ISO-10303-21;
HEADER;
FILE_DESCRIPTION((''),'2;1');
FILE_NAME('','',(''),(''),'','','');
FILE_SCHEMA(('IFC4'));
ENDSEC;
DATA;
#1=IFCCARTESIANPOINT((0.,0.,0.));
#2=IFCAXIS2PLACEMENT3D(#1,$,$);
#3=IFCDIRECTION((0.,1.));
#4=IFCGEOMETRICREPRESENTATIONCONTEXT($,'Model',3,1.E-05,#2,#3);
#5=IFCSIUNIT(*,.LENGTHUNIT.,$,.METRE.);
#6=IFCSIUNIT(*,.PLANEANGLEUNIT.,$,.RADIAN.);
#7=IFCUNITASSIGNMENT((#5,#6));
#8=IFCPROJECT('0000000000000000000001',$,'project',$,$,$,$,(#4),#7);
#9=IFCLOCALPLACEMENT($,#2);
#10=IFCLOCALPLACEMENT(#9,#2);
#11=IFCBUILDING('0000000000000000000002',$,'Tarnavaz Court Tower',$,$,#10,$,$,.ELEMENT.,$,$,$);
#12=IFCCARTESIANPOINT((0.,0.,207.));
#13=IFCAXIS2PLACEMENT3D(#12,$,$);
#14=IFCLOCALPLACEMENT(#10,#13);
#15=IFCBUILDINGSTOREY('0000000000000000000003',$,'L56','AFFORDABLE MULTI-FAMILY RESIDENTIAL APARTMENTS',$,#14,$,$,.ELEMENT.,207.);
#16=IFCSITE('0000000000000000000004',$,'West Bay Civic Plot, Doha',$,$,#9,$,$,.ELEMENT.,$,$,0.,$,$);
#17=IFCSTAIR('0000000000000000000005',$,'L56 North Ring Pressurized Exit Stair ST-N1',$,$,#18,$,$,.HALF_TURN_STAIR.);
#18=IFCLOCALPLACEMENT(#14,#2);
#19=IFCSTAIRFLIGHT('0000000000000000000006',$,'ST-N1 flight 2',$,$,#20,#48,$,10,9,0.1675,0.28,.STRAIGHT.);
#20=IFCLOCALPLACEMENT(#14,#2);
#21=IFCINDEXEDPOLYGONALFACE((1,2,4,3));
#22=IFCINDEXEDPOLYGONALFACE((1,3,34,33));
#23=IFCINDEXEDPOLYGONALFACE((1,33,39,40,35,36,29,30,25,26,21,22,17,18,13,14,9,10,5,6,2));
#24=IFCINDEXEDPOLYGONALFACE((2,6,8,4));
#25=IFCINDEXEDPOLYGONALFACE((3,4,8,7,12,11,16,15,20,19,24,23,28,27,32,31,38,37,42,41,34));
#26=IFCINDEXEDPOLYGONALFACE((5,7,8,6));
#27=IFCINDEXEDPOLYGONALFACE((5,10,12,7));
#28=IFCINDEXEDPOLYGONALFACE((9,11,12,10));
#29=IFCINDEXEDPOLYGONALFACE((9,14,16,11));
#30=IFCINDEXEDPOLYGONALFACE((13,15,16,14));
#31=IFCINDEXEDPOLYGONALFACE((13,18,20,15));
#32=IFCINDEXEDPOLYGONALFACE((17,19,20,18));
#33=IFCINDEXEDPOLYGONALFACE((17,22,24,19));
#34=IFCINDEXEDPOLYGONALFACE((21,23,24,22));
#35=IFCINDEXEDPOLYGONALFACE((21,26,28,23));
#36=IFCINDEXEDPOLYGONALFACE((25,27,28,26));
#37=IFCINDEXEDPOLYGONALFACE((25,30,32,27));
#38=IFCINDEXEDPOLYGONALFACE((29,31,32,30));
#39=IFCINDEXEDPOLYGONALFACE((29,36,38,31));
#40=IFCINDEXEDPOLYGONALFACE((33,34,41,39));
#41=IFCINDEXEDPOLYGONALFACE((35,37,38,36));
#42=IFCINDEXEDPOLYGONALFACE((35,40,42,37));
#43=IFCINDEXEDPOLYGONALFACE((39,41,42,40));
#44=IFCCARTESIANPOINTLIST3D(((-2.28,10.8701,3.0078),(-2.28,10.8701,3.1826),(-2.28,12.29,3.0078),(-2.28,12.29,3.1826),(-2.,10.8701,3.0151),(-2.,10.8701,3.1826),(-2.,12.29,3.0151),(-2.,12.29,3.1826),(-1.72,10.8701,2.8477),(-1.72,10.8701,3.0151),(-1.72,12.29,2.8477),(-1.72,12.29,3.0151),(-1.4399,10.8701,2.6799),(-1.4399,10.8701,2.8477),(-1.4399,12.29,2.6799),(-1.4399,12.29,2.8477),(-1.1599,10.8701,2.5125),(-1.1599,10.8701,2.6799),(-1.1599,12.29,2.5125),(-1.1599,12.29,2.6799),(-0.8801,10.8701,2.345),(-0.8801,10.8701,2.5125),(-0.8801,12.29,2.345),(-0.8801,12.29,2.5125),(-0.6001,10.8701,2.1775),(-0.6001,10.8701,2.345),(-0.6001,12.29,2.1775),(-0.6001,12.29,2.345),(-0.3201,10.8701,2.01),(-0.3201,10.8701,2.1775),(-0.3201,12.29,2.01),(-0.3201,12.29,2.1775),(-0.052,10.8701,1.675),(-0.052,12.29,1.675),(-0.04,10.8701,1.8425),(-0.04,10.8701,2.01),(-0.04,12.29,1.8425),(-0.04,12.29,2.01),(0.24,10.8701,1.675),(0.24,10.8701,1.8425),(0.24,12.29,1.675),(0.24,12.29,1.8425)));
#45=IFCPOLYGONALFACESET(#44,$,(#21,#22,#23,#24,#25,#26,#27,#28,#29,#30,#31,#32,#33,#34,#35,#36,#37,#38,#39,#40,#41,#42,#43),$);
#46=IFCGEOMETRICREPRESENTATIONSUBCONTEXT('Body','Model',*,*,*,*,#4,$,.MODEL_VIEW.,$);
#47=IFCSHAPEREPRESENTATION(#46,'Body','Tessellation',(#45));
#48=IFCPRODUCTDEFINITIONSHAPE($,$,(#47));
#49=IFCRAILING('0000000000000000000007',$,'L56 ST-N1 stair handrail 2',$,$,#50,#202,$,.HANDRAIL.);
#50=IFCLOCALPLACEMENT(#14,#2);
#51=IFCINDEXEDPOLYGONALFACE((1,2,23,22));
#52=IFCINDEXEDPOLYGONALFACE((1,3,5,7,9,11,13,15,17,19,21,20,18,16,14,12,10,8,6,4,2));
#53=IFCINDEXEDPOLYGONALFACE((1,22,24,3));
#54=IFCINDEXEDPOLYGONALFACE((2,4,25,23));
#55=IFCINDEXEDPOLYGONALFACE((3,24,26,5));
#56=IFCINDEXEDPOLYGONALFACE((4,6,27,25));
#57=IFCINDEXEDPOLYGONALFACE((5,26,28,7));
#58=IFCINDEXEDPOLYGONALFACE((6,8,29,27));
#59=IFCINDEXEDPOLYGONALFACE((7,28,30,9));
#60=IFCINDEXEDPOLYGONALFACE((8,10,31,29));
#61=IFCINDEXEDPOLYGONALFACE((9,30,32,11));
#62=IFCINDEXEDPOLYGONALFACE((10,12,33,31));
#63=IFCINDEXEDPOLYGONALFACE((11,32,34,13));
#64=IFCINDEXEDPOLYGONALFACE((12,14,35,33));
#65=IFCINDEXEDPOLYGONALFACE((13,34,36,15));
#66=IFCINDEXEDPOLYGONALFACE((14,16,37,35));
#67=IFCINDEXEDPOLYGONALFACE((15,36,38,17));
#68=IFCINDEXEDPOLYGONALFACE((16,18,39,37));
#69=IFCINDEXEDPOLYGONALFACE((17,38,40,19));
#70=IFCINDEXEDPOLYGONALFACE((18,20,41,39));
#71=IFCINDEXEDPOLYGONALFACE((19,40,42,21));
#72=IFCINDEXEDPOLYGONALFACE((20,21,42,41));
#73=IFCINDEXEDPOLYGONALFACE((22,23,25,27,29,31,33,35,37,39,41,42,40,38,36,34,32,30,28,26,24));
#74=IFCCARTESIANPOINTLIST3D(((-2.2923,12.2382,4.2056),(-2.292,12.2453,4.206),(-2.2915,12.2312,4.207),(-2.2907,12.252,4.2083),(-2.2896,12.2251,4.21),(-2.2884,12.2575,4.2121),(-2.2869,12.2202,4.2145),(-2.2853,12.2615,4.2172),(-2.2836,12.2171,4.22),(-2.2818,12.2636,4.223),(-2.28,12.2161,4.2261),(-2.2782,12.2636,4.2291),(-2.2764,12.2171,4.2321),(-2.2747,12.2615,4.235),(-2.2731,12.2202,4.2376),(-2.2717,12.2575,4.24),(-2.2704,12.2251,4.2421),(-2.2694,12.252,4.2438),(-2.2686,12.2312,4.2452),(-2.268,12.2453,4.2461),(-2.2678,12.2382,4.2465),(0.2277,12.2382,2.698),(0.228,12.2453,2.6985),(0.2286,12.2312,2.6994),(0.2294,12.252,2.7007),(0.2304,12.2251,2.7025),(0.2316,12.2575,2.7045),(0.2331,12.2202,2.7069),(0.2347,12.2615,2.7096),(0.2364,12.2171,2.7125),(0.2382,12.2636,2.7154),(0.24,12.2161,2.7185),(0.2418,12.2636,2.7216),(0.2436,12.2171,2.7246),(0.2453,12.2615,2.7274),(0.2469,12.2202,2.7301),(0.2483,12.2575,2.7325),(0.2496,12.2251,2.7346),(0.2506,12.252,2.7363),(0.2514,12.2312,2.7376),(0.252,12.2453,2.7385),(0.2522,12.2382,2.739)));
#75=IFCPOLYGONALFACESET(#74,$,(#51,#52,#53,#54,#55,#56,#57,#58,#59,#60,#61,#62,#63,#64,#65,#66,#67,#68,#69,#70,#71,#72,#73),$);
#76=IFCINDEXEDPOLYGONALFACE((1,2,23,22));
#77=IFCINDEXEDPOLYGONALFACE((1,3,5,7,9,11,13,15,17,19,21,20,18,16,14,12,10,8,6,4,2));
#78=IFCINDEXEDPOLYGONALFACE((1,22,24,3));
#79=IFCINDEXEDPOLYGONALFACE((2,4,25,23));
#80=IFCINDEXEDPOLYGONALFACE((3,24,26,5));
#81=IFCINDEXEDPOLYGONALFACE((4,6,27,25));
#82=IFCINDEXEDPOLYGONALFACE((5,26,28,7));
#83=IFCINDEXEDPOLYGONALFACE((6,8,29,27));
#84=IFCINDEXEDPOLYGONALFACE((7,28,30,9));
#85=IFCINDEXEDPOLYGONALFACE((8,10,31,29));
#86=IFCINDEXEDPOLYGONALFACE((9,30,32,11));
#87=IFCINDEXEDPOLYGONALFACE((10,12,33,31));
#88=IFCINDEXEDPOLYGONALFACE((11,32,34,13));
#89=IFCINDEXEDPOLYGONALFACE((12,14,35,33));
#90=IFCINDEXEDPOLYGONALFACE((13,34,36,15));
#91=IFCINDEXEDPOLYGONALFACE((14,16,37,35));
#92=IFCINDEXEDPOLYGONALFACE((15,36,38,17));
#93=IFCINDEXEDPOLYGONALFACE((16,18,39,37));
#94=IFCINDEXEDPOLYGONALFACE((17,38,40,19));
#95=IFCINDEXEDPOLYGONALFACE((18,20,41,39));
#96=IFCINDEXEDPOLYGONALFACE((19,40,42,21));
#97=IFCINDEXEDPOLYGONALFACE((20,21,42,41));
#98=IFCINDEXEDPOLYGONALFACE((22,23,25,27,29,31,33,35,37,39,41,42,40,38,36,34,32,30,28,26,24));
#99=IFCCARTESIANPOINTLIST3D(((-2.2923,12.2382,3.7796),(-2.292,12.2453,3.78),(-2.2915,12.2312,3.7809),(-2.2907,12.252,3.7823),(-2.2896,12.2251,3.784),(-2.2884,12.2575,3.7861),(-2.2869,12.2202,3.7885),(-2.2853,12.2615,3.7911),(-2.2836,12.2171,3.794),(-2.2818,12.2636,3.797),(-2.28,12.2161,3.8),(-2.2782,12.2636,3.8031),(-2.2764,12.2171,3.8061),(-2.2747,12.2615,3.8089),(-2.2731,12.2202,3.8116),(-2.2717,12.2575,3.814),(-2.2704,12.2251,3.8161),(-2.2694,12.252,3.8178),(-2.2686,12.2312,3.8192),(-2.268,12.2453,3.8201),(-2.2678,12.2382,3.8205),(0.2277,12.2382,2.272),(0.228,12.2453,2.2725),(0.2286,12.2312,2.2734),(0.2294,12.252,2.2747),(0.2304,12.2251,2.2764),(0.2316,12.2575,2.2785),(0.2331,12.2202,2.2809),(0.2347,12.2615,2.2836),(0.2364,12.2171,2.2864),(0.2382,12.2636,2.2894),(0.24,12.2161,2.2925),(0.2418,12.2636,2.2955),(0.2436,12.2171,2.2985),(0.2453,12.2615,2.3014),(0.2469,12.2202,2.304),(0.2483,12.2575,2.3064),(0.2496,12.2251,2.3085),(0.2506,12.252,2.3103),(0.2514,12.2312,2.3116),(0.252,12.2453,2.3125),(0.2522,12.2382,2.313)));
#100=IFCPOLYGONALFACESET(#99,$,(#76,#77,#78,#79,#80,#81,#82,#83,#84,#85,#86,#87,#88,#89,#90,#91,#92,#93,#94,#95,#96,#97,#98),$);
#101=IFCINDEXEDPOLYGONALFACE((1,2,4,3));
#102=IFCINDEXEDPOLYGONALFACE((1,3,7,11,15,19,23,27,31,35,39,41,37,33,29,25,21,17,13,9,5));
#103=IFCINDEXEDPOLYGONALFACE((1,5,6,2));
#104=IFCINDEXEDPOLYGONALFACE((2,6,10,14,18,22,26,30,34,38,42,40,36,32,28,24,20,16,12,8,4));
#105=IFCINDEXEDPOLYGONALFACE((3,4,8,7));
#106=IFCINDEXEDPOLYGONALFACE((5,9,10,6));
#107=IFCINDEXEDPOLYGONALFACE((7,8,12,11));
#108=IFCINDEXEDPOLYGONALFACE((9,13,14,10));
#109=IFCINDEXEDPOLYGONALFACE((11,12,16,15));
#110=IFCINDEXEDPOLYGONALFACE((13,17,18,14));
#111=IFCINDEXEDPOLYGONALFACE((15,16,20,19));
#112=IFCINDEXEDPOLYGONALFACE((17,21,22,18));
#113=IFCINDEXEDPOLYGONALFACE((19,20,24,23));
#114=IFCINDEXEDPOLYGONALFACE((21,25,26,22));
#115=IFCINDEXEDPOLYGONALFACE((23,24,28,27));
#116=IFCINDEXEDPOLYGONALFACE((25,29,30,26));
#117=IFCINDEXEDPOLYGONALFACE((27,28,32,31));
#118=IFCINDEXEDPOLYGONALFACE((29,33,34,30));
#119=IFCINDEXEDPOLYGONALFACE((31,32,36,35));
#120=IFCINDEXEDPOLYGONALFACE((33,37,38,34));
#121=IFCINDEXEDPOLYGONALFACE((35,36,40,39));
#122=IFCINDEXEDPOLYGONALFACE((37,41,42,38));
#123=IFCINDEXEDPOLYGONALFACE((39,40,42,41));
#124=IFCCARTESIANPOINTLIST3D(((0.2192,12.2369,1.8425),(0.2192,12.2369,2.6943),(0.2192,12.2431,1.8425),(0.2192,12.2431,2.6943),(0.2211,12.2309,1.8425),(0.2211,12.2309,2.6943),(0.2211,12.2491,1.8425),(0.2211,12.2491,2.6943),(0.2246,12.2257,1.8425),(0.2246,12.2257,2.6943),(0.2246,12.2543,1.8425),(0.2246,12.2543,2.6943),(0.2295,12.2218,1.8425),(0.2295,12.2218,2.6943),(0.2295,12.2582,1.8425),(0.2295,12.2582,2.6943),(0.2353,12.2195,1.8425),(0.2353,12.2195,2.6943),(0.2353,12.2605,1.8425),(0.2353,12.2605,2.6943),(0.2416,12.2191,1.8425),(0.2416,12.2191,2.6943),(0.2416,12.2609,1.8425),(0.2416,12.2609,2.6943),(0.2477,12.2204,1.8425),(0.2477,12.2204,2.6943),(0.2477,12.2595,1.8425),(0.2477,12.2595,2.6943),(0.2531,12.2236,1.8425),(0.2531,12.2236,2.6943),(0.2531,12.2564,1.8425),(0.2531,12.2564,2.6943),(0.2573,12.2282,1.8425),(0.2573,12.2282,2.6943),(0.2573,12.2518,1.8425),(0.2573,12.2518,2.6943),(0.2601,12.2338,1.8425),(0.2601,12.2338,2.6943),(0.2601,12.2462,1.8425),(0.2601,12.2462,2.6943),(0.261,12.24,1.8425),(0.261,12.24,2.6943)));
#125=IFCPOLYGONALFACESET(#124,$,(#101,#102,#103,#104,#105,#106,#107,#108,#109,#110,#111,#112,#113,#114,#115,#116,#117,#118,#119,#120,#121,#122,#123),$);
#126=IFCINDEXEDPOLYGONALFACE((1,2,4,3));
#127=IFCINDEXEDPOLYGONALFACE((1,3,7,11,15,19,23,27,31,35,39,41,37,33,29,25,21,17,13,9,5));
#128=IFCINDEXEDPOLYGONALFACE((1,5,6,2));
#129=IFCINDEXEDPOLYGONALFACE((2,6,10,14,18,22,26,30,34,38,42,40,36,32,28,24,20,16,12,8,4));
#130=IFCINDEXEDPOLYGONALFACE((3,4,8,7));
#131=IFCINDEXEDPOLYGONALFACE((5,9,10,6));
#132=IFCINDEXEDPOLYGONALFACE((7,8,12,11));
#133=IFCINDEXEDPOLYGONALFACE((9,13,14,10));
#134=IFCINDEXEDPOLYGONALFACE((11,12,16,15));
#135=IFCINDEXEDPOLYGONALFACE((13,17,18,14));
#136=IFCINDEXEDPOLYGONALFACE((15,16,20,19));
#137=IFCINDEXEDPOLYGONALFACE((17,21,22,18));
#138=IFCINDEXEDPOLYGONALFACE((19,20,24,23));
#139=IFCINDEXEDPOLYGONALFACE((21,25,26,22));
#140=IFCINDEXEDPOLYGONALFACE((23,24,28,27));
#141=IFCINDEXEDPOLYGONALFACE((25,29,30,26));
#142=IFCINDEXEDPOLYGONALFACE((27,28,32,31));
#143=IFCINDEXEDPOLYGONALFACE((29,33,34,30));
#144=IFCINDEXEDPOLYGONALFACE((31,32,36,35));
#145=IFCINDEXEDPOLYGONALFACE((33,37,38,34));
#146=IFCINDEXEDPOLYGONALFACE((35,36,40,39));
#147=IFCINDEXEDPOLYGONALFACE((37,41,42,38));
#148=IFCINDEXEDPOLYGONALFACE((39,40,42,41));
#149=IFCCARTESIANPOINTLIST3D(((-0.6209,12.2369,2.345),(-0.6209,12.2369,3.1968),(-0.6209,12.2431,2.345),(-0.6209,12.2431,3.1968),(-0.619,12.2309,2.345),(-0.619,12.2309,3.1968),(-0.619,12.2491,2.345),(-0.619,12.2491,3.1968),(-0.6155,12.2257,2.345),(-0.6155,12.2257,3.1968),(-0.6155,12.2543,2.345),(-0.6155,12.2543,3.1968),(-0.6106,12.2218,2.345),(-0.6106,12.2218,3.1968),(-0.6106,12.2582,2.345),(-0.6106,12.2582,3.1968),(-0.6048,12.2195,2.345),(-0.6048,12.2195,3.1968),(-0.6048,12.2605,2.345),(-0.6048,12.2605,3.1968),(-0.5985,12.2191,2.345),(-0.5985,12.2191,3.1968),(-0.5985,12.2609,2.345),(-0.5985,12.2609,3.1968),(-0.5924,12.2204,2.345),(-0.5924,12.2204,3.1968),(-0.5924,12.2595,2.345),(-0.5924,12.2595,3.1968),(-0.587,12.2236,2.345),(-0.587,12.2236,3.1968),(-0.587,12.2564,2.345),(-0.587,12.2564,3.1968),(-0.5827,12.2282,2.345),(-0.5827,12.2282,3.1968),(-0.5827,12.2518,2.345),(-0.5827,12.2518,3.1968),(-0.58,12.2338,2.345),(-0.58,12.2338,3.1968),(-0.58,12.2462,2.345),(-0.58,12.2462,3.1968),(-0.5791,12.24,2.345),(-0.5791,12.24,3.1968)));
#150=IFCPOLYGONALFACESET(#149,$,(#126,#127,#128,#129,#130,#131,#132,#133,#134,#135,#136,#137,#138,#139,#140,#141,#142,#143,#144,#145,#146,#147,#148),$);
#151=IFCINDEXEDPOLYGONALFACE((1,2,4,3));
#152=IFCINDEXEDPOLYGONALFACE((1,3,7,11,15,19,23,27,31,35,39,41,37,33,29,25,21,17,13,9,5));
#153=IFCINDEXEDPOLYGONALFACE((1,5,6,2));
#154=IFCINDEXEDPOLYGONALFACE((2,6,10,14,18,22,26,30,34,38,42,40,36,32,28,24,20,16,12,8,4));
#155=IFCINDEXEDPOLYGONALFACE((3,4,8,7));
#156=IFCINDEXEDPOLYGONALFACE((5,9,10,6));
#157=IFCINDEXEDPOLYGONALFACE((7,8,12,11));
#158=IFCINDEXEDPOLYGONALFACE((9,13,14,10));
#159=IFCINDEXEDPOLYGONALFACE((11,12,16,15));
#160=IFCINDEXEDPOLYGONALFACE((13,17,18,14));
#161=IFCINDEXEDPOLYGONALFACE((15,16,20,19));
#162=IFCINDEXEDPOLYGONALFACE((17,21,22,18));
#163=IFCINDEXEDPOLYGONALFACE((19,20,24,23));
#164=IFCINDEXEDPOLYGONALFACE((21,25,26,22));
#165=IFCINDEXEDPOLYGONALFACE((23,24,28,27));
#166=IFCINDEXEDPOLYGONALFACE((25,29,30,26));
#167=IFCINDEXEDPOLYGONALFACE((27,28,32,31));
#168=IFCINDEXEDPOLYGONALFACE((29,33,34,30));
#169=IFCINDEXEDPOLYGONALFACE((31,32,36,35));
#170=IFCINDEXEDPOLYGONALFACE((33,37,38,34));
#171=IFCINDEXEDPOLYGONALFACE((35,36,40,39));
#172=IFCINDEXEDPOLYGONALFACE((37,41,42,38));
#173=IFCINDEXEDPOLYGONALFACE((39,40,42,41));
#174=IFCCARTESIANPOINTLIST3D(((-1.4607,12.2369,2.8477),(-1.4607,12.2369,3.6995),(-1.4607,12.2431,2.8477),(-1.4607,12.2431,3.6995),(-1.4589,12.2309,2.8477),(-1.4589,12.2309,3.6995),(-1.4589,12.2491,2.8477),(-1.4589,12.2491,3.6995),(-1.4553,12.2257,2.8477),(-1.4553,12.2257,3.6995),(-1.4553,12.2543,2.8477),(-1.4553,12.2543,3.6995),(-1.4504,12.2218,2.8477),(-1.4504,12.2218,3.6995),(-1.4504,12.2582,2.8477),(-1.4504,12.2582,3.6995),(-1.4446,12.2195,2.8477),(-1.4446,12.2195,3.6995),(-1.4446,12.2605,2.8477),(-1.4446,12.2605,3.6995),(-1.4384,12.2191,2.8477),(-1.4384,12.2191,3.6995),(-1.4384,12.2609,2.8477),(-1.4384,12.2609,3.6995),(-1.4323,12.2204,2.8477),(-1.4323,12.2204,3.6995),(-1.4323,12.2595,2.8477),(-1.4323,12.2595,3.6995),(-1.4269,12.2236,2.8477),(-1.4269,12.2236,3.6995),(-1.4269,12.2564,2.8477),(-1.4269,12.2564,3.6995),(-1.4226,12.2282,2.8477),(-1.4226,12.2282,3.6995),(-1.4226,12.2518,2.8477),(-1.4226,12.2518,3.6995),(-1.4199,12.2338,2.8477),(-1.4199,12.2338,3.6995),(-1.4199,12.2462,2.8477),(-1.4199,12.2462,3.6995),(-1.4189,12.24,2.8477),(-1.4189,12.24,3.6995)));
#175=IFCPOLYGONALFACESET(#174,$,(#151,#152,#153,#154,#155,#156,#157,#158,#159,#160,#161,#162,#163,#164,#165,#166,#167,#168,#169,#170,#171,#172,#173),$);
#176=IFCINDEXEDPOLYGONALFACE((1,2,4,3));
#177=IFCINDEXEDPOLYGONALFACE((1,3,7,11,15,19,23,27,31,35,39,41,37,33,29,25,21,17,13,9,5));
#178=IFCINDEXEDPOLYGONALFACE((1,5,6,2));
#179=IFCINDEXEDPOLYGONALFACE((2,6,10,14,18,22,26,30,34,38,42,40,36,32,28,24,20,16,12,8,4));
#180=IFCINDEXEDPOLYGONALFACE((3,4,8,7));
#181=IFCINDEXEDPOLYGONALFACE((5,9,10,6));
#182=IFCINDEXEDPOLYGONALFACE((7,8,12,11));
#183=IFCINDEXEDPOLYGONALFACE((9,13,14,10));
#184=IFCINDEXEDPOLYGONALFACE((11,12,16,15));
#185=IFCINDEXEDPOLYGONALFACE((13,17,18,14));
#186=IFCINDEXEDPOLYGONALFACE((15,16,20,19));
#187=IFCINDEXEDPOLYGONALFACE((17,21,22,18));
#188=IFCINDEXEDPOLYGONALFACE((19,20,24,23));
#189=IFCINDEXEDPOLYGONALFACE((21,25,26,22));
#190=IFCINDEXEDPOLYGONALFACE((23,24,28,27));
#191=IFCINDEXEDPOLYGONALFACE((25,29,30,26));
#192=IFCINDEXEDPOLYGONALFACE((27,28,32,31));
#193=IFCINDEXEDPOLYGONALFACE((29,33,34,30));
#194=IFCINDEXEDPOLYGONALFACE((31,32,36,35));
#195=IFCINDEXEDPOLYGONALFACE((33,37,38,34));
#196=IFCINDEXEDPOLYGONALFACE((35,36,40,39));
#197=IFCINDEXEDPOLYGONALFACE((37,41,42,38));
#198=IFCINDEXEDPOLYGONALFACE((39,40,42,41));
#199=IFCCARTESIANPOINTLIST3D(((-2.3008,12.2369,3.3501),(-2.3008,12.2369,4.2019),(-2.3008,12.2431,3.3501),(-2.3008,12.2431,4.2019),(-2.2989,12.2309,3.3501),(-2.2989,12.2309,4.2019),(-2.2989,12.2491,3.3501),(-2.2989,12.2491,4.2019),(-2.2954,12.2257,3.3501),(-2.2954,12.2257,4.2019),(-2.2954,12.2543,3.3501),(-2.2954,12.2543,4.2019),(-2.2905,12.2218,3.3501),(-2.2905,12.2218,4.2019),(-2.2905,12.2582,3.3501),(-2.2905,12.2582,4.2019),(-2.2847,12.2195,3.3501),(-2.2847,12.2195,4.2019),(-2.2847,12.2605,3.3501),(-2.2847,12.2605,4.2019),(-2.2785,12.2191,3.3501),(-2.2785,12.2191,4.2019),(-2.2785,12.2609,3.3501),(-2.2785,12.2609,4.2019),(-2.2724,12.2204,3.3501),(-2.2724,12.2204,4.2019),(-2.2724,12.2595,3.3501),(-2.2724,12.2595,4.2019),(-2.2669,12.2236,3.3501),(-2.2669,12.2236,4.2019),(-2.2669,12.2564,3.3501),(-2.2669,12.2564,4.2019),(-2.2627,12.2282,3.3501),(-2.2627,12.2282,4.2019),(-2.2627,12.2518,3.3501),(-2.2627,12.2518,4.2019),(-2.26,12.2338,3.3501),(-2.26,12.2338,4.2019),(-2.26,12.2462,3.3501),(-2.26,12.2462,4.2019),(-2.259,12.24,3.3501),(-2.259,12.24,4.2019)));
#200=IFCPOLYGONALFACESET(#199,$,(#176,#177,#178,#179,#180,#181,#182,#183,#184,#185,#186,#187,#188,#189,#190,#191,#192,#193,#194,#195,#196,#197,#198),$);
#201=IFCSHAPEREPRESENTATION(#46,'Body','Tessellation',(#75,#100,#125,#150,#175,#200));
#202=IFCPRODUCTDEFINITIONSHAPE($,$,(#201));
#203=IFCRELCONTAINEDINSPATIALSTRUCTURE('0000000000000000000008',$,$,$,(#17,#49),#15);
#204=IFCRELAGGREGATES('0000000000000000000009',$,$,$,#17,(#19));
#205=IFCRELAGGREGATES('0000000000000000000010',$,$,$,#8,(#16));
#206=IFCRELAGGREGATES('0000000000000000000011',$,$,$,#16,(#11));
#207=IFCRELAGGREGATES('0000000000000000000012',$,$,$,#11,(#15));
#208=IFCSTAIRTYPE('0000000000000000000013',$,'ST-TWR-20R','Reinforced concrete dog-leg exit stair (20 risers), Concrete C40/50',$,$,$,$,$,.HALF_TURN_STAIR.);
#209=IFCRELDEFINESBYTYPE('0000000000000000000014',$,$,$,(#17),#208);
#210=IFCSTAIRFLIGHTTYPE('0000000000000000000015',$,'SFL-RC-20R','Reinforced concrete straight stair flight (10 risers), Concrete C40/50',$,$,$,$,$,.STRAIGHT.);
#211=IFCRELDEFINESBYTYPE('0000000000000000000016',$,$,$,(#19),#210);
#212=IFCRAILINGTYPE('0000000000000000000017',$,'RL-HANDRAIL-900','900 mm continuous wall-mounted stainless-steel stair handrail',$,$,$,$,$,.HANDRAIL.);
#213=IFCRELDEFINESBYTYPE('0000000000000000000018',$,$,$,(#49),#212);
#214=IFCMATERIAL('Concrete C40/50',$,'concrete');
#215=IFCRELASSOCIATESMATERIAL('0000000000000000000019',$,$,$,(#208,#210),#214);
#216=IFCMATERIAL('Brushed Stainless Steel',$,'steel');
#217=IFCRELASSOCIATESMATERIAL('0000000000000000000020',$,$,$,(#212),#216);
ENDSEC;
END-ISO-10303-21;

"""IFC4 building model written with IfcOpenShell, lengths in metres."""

from ifc_helpers import new_model, si_unit, direction, frame, origin, origin_2d, place, context, subcontext, project, spatial, polyline, circle, outline, extrude, material, type_object, element, aggregate, save


model = new_model("IFC4")

# Units and contexts
model_context = context("Model", 3, precision=1e-05, world=origin(), true_north=direction((0.0, 1.0)))
body_context = subcontext(model_context, "Body", "Model", "MODEL_VIEW")
ifc_project = project(units=[si_unit("LENGTHUNIT", "METRE"), si_unit("PLANEANGLEUNIT", "RADIAN")], contexts=[model_context])

# Site, building, storey
site_placement = place(None, origin())
site = spatial("IfcSite", under=ifc_project, at=site_placement, Name="West Bay Civic Plot, Doha", CompositionType="ELEMENT", RefElevation=0.0)
building_placement = place(site_placement, origin())
building = spatial("IfcBuilding", under=site, at=building_placement, Name="Tarnavaz Court Tower", CompositionType="ELEMENT")
storey_placement = place(building_placement, frame((0.0, 0.0, 207.0)))
storey = spatial("IfcBuildingStorey", under=building, at=storey_placement, Name="L56", Description="AFFORDABLE MULTI-FAMILY RESIDENTIAL APARTMENTS", CompositionType="ELEMENT", Elevation=207.0)

# Stair, stair flight
ifc_material_1 = material(Name="Concrete C40/50", Category="concrete")
stair_type = type_object("IfcStairType", Name="ST-TWR-20R", Description="Reinforced concrete dog-leg exit stair (20 risers), Concrete C40/50", PredefinedType="HALF_TURN_STAIR", material=ifc_material_1)
stair_placement = place(storey_placement, origin())
stair = element("IfcStair", 1, at=stair_placement, inside=storey, type_object=stair_type, Name="L56 North Ring Pressurized Exit Stair ST-N1", PredefinedType="HALF_TURN_STAIR")
stair_flight_type = type_object("IfcStairFlightType", Name="SFL-RC-20R", Description="Reinforced concrete straight stair flight (10 risers), Concrete C40/50", PredefinedType="STRAIGHT", material=ifc_material_1)
stair_flight_placement = place(storey_placement, frame((0.24, 11.5801, 1.675), z_axis=(0.0, 0.0, 1.0), x_axis=(-1.0, 0.0, 0.0)))
stair_flight = element("IfcStairFlight", 2, at=stair_flight_placement, type_object=stair_flight_type, Name="ST-N1 flight 2", NumberOfRisers=10, NumberOfTreads=9, PredefinedType="STRAIGHT", RiserHeight=0.1675, TreadLength=0.28, context=body_context, shape_type="SweptSolid", body=[
    extrude(outline(polyline([(0.0, 0.0), (0.0, 0.1675), (0.28, 0.1675), (0.28, 0.335), (0.5601, 0.335), (0.5601, 0.5024), (0.8401, 0.5024), (0.8401, 0.6699), (1.1201, 0.6699), (1.1201, 0.8374), (1.3999, 0.8374), (1.3999, 1.0049), (1.6799, 1.0049), (1.6799, 1.1726), (1.96, 1.1726), (1.96, 1.3401), (2.24, 1.3401), (2.24, 1.5076), (2.52, 1.5076), (2.52, 1.675), (2.52, 1.3328), (0.292, 0.0), (0.0, 0.0)])), frame((0.0, 0.71, 0.0), z_axis=(0.0, -1.0, 0.0), x_axis=(1.0, 0.0, 0.0)), (0.0, 0.0, 1.0), 1.4199),
])
aggregate(stair, [stair_flight])

# Railing
ifc_material_2 = material(Name="Brushed Stainless Steel", Category="steel")
railing_type_1 = type_object("IfcRailingType", Name="RL-HANDRAIL-900", Description="900 mm continuous wall-mounted stainless-steel stair handrail", PredefinedType="HANDRAIL", material=ifc_material_2)
railing_1_placement = place(storey_placement, frame((0.24, 12.24, 1.8425)))
element("IfcRailing", 3, at=railing_1_placement, inside=storey, type_object=railing_type_1, Name="L56 ST-N1 stair handrail 2", PredefinedType="HANDRAIL", context=body_context, shape_type="SweptSolid", body=[
    extrude(circle(Radius=0.0239, at=origin_2d()), frame((0.0, 0.0, 0.876), z_axis=(-0.85816, 0.0, 0.513383), x_axis=(0.0, -1.0, 0.0)), (0.0, 0.0, 1.0), 2.9365),
    extrude(circle(Radius=0.0239, at=origin_2d()), frame((0.0, 0.0, 0.45), z_axis=(-0.85816, 0.0, 0.513383), x_axis=(0.0, -1.0, 0.0)), (0.0, 0.0, 1.0), 2.9365),
    extrude(circle(Radius=0.021, at=origin_2d()), origin(), (0.0, 0.0, 1.0), 0.8518),
    extrude(circle(Radius=0.021, at=origin_2d()), frame((-0.8401, 0.0, 0.5024)), (0.0, 0.0, 1.0), 0.8518),
    extrude(circle(Radius=0.021, at=origin_2d()), frame((-1.6799, 0.0, 1.0051)), (0.0, 0.0, 1.0), 0.8518),
    extrude(circle(Radius=0.021, at=origin_2d()), frame((-2.52, 0.0, 1.5076)), (0.0, 0.0, 1.0), 0.8518),
])

save(model, "model.ifc")
